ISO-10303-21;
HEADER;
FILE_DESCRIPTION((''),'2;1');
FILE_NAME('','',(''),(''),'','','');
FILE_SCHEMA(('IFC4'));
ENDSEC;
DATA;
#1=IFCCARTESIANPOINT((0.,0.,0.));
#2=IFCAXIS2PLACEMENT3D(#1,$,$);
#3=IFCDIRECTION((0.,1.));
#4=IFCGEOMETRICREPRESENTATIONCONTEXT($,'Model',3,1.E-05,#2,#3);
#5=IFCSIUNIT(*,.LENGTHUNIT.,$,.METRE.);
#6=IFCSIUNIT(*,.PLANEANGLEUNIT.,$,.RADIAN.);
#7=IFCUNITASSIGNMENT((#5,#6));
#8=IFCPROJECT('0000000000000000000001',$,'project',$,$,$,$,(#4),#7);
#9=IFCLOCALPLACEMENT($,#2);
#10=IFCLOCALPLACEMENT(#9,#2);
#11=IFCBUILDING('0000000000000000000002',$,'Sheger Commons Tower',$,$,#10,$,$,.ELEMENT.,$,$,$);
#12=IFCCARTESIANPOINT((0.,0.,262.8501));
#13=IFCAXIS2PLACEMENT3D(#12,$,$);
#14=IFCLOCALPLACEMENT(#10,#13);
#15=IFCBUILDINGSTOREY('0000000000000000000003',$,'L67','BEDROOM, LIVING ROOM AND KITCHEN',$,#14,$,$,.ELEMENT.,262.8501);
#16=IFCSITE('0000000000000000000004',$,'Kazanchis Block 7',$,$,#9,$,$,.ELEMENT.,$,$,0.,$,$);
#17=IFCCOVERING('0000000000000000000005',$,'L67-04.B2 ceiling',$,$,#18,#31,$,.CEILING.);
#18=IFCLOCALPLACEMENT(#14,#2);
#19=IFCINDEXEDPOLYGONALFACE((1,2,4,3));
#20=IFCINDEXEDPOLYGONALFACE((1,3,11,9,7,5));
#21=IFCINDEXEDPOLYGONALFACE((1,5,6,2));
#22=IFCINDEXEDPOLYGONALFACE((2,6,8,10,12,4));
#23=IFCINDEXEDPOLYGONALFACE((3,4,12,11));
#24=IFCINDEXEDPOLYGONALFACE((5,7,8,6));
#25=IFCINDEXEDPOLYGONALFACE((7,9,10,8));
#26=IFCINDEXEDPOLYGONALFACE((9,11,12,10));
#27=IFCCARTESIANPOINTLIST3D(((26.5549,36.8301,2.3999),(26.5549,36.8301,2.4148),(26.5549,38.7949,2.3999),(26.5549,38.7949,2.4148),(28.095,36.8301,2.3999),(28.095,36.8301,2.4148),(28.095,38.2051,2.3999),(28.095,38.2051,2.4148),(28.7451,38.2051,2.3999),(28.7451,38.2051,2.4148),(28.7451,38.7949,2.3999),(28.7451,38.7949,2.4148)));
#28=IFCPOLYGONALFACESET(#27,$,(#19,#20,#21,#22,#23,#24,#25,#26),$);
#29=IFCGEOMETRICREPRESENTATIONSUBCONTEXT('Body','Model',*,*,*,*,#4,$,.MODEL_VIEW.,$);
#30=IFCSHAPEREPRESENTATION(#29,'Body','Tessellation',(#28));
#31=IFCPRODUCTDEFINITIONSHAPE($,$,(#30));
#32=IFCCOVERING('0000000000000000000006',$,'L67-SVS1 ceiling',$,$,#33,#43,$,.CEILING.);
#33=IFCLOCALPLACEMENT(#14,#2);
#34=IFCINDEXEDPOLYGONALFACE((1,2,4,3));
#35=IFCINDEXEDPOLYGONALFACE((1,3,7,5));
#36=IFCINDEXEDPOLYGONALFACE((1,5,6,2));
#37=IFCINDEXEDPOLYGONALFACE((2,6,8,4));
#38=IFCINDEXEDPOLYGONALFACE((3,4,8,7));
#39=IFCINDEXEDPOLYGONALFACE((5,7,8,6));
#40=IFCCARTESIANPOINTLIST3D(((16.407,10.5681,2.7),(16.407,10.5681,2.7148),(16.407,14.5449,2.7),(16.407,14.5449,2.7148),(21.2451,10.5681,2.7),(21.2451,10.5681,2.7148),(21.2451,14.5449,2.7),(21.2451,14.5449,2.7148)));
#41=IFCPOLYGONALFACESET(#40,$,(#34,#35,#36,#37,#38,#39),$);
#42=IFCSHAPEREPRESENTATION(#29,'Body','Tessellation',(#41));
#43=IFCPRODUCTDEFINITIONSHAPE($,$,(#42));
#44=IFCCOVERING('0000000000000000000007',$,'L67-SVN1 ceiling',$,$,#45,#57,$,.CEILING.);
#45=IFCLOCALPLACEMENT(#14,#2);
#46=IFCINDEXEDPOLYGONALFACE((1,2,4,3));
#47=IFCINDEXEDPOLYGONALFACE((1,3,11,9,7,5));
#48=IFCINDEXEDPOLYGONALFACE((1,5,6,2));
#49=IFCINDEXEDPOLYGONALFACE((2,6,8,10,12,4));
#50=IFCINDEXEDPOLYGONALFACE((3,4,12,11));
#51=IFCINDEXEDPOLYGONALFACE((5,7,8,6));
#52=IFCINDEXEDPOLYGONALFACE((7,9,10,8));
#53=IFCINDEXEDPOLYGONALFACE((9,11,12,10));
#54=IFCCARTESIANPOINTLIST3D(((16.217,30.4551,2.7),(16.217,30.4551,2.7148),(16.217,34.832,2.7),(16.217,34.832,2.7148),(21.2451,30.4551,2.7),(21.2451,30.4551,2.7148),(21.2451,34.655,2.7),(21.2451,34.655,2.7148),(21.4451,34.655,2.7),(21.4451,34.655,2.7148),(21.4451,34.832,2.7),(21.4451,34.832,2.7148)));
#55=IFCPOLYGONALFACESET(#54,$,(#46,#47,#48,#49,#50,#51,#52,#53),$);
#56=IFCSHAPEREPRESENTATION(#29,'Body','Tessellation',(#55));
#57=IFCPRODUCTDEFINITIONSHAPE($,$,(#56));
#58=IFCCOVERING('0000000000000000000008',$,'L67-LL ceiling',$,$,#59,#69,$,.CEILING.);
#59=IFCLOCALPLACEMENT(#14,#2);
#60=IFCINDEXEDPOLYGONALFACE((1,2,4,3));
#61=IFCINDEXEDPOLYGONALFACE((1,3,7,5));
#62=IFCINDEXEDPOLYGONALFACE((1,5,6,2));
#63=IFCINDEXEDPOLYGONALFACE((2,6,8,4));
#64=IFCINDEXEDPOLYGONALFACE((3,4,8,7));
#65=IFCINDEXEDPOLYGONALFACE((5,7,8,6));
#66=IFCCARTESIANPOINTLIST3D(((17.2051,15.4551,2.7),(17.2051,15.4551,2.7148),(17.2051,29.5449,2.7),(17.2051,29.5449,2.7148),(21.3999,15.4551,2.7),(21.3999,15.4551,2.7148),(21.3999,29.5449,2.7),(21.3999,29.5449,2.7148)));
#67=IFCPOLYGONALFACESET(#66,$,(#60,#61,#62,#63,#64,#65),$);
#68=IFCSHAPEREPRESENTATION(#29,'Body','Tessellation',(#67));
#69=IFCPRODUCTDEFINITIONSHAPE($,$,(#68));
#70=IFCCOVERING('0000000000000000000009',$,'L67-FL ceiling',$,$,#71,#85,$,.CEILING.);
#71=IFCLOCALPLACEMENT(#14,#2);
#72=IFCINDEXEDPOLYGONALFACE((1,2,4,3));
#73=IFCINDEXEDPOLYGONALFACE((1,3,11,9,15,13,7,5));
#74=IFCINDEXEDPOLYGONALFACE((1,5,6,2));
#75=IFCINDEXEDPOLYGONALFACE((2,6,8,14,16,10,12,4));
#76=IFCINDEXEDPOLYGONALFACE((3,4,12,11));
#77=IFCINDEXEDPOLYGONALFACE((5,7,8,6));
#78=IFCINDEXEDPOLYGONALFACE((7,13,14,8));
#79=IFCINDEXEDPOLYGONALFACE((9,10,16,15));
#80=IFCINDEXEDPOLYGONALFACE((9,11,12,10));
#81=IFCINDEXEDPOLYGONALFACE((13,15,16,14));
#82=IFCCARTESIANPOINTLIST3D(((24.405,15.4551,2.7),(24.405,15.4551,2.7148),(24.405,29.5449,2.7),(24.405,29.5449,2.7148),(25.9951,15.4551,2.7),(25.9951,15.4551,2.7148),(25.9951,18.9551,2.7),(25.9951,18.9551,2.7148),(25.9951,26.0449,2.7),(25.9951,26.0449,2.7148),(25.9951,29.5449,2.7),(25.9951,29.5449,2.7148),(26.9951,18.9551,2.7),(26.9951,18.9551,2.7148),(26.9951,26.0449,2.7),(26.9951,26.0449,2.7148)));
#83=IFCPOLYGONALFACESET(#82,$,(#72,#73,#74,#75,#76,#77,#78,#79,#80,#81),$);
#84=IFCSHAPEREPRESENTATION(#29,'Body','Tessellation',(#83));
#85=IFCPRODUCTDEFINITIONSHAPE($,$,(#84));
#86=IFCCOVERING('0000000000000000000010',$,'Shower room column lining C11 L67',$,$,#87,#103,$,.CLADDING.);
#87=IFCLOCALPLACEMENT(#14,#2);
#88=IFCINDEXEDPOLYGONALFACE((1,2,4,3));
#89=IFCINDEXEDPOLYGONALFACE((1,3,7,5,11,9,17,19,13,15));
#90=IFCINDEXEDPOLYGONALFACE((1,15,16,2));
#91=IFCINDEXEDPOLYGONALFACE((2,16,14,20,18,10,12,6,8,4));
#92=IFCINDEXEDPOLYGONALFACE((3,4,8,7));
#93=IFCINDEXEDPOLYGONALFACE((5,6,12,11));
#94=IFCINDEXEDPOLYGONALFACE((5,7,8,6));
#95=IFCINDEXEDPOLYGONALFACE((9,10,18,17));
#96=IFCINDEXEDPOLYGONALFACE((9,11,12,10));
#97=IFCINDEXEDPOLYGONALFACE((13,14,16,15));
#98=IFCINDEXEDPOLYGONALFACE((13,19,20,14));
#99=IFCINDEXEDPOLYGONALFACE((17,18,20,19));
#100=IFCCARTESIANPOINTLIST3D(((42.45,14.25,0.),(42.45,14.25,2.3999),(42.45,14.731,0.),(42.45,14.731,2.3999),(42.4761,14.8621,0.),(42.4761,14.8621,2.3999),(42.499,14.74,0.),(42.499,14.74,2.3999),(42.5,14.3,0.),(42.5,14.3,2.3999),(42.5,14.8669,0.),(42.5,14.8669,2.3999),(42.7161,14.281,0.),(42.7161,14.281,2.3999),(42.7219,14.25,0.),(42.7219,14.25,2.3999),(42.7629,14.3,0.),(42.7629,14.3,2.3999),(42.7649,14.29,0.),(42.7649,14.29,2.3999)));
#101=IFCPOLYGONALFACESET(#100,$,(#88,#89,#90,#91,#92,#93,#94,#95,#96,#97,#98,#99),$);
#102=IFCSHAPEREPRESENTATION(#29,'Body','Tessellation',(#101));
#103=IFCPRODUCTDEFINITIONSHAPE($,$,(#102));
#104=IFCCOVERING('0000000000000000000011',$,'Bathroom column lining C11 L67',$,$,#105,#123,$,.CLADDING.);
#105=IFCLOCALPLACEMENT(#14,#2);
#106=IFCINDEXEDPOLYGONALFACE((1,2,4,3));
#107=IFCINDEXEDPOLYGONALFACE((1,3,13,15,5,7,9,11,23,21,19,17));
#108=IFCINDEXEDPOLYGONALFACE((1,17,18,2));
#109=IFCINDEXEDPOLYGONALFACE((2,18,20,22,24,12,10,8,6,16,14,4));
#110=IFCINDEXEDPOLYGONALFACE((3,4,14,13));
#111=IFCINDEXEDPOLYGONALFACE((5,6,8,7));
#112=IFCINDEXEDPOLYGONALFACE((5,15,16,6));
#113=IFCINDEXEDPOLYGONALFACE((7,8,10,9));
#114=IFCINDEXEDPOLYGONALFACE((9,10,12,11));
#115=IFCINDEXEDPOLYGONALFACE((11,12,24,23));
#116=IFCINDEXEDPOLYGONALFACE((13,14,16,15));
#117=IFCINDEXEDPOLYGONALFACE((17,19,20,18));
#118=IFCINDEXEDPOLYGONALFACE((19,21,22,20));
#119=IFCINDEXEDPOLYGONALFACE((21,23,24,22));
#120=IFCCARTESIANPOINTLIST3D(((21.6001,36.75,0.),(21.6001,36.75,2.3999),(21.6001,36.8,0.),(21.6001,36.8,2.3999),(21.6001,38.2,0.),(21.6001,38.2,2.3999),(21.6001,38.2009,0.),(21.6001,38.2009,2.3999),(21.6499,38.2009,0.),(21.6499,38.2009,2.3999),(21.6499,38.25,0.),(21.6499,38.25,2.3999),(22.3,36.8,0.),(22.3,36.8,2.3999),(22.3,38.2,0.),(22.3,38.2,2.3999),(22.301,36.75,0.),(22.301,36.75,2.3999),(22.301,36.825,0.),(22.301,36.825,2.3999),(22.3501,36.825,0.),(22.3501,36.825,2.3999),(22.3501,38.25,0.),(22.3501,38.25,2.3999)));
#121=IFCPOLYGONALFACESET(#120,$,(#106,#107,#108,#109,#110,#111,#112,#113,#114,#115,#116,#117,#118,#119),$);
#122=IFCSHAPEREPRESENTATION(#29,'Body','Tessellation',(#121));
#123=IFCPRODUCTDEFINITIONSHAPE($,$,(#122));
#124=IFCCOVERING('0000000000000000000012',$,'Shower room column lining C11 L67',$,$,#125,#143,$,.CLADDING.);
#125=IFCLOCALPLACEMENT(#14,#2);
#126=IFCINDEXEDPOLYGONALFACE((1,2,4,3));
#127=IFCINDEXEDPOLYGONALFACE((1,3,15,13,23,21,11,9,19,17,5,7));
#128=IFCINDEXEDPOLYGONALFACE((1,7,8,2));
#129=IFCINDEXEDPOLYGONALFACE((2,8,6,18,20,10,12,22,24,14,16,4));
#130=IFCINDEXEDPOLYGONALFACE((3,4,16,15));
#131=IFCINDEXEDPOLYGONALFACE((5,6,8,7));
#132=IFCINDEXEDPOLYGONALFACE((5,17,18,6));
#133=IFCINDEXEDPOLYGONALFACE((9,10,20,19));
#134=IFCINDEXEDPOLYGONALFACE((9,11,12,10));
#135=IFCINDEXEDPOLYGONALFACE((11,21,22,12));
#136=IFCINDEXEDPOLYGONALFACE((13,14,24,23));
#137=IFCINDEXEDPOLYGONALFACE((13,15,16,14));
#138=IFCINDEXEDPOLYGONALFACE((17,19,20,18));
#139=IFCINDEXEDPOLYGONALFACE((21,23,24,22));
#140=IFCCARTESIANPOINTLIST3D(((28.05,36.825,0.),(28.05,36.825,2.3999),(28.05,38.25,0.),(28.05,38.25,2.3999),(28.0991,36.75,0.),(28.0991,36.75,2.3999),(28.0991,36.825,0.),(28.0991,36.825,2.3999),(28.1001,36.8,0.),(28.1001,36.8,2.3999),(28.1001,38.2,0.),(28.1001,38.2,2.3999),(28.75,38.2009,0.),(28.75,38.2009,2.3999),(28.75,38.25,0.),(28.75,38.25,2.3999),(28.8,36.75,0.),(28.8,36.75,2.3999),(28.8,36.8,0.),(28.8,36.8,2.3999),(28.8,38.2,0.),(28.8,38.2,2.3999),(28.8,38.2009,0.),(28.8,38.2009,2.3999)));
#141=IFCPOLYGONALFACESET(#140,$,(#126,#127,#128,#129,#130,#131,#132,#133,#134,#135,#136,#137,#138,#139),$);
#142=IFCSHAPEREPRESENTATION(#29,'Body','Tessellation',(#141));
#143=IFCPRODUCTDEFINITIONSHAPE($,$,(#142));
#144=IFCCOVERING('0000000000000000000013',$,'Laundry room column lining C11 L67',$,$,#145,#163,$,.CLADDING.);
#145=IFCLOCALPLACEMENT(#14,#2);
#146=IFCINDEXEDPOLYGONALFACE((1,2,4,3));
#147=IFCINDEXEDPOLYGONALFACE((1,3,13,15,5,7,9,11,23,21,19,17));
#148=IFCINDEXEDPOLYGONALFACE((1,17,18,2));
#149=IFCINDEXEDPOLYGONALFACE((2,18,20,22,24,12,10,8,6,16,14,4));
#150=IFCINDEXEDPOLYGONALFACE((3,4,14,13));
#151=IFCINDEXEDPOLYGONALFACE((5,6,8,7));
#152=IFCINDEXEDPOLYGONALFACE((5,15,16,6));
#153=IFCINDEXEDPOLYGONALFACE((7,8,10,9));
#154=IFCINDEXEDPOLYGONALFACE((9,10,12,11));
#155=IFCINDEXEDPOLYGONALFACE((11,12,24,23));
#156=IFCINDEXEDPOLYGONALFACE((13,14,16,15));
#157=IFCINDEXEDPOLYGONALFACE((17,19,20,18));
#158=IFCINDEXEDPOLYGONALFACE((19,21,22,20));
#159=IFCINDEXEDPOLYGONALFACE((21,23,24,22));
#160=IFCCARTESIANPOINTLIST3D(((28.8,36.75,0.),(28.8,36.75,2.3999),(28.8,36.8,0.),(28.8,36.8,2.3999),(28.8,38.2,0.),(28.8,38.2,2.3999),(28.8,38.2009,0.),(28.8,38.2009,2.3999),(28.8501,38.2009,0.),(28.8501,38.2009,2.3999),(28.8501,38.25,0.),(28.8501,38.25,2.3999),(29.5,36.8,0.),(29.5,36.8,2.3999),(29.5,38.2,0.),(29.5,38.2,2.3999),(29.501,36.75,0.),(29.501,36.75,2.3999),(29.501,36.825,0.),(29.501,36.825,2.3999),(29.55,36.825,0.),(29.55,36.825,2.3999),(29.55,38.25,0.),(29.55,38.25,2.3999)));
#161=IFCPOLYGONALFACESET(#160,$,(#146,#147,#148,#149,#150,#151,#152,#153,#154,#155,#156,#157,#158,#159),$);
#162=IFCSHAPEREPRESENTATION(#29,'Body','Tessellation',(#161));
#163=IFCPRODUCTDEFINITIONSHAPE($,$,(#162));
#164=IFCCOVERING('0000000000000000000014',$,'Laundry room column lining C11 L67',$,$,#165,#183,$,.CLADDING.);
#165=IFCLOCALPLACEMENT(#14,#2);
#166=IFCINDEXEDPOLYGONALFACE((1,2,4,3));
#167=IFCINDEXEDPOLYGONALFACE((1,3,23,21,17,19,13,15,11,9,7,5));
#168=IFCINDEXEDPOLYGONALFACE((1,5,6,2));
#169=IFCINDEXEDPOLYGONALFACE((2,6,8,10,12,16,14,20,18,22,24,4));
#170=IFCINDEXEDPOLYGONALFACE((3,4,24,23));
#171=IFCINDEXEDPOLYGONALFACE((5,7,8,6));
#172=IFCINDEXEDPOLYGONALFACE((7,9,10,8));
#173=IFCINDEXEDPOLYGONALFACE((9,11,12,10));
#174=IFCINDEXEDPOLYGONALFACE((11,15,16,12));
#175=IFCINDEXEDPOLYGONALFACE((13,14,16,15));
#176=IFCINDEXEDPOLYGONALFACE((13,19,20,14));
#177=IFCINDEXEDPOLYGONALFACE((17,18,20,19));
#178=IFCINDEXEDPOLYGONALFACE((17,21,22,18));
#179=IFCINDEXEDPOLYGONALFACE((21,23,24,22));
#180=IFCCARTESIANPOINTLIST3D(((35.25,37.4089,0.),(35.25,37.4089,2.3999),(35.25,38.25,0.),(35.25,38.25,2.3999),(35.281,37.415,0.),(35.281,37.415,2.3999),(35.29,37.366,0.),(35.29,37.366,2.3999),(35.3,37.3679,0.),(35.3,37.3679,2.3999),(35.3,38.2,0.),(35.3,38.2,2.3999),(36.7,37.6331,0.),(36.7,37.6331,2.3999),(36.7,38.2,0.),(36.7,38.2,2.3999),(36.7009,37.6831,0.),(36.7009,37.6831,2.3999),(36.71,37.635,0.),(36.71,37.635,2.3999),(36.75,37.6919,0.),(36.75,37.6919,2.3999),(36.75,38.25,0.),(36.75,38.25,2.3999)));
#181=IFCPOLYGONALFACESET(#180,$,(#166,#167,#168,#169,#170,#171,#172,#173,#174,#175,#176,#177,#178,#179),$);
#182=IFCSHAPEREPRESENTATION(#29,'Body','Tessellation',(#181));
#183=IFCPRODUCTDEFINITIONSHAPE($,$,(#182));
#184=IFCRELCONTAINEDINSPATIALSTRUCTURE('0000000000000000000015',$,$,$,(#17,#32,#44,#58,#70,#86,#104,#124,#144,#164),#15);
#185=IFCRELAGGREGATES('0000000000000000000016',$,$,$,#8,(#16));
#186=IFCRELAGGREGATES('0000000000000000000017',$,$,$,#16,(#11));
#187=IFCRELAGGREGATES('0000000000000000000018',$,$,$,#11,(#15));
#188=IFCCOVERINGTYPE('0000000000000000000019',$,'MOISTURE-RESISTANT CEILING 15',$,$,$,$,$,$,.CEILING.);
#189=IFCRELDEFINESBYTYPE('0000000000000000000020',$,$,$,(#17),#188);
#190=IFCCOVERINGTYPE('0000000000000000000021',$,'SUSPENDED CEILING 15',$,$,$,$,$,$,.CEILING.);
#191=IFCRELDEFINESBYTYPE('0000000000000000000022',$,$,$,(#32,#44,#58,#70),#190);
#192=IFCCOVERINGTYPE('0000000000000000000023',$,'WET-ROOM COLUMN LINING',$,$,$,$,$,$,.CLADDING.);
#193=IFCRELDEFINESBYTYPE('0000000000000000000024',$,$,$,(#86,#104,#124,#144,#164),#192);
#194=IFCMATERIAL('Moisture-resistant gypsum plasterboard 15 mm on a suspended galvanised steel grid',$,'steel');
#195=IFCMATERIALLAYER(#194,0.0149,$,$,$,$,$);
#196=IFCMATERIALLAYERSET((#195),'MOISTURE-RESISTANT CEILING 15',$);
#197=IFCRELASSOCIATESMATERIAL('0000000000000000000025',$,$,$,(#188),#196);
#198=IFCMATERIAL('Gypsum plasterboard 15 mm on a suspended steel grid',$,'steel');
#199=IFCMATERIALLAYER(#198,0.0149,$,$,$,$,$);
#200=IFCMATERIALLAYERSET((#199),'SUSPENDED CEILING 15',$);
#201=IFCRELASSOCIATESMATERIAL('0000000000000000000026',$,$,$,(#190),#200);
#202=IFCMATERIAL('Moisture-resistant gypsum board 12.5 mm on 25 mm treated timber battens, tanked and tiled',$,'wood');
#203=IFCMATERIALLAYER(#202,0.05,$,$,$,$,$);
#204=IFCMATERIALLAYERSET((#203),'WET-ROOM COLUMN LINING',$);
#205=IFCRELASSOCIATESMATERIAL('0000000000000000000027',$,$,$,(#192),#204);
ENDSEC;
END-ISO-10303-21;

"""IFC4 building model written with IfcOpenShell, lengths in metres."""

from ifc_helpers import new_model, si_unit, direction, frame, origin, place, context, subcontext, project, spatial, polyline, outline, extrude, material, layer, layer_set, type_object, element, save


model = new_model("IFC4")

# Units and contexts
model_context = context("Model", 3, precision=1e-05, world=origin(), true_north=direction((0.0, 1.0)))
body_context = subcontext(model_context, "Body", "Model", "MODEL_VIEW")
ifc_project = project(units=[si_unit("LENGTHUNIT", "METRE"), si_unit("PLANEANGLEUNIT", "RADIAN")], contexts=[model_context])

# Site, building, storey
site_placement = place(None, origin())
site = spatial("IfcSite", under=ifc_project, at=site_placement, Name="Kazanchis Block 7", CompositionType="ELEMENT", RefElevation=0.0)
building_placement = place(site_placement, origin())
building = spatial("IfcBuilding", under=site, at=building_placement, Name="Sheger Commons Tower", CompositionType="ELEMENT")
storey_placement = place(building_placement, frame((0.0, 0.0, 262.8501)))
storey = spatial("IfcBuildingStorey", under=building, at=storey_placement, Name="L67", Description="BEDROOM, LIVING ROOM AND KITCHEN", CompositionType="ELEMENT", Elevation=262.8501)

# Coverings
ifc_material_1 = material(Name="Moisture-resistant gypsum plasterboard 15 mm on a suspended galvanised steel grid", Category="steel")
ifc_layer_1 = layer(ifc_material_1, 0.0149)
ifc_layer_set_1 = layer_set([ifc_layer_1], Name="MOISTURE-RESISTANT CEILING 15")
covering_type_1 = type_object("IfcCoveringType", Name="MOISTURE-RESISTANT CEILING 15", PredefinedType="CEILING", material=ifc_layer_set_1)
covering_1_placement = place(storey_placement, frame((0.0, 0.0, 2.3999)))
element("IfcCovering", 1, at=covering_1_placement, inside=storey, type_object=covering_type_1, Name="L67-04.B2 ceiling", PredefinedType="CEILING", context=body_context, shape_type="SweptSolid", body=[
    extrude(outline(polyline([(26.5549, 36.8301), (28.095, 36.8301), (28.095, 38.2051), (28.7451, 38.2051), (28.7451, 38.7949), (26.5549, 38.7949), (26.5549, 36.8301)])), origin(), (0.0, 0.0, 1.0), 0.0149),
])
ifc_material_2 = material(Name="Gypsum plasterboard 15 mm on a suspended steel grid", Category="steel")
ifc_layer_2 = layer(ifc_material_2, 0.0149)
ifc_layer_set_2 = layer_set([ifc_layer_2], Name="SUSPENDED CEILING 15")
covering_type_2 = type_object("IfcCoveringType", Name="SUSPENDED CEILING 15", PredefinedType="CEILING", material=ifc_layer_set_2)
covering_2_placement = place(storey_placement, frame((0.0, 0.0, 2.7)))
element("IfcCovering", 2, at=covering_2_placement, inside=storey, type_object=covering_type_2, Name="L67-SVS1 ceiling", PredefinedType="CEILING", context=body_context, shape_type="SweptSolid", body=[
    extrude(outline(polyline([(16.407, 10.5681), (21.2451, 10.5681), (21.2451, 14.5449), (16.407, 14.5449), (16.407, 10.5681)])), origin(), (0.0, 0.0, 1.0), 0.0149),
])
covering_3_placement = place(storey_placement, frame((0.0, 0.0, 2.7)))
element("IfcCovering", 3, at=covering_3_placement, inside=storey, type_object=covering_type_2, Name="L67-SVN1 ceiling", PredefinedType="CEILING", context=body_context, shape_type="SweptSolid", body=[
    extrude(outline(polyline([(16.217, 30.4551), (21.2451, 30.4551), (21.2451, 34.655), (21.4451, 34.655), (21.4451, 34.832), (16.217, 34.832), (16.217, 30.4551)])), origin(), (0.0, 0.0, 1.0), 0.0149),
])
covering_4_placement = place(storey_placement, frame((0.0, 0.0, 2.7)))
element("IfcCovering", 4, at=covering_4_placement, inside=storey, type_object=covering_type_2, Name="L67-LL ceiling", PredefinedType="CEILING", context=body_context, shape_type="SweptSolid", body=[
    extrude(outline(polyline([(17.2051, 15.4551), (21.3999, 15.4551), (21.3999, 29.5449), (17.2051, 29.5449), (17.2051, 15.4551)])), origin(), (0.0, 0.0, 1.0), 0.0149),
])
covering_5_placement = place(storey_placement, frame((0.0, 0.0, 2.7)))
element("IfcCovering", 5, at=covering_5_placement, inside=storey, type_object=covering_type_2, Name="L67-FL ceiling", PredefinedType="CEILING", context=body_context, shape_type="SweptSolid", body=[
    extrude(outline(polyline([(24.405, 15.4551), (25.9951, 15.4551), (25.9951, 18.9551), (26.9951, 18.9551), (26.9951, 26.0449), (25.9951, 26.0449), (25.9951, 29.5449), (24.405, 29.5449), (24.405, 15.4551)])), origin(), (0.0, 0.0, 1.0), 0.0149),
])
ifc_material_3 = material(Name="Moisture-resistant gypsum board 12.5 mm on 25 mm treated timber battens, tanked and tiled", Category="wood")
ifc_layer_3 = layer(ifc_material_3, 0.05)
ifc_layer_set_3 = layer_set([ifc_layer_3], Name="WET-ROOM COLUMN LINING")
covering_type_3 = type_object("IfcCoveringType", Name="WET-ROOM COLUMN LINING", PredefinedType="CLADDING", material=ifc_layer_set_3)
covering_6_placement = place(storey_placement, origin())
element("IfcCovering", 6, at=covering_6_placement, inside=storey, type_object=covering_type_3, Name="Shower room column lining C11 L67", PredefinedType="CLADDING", context=body_context, shape_type="SweptSolid", body=[
    extrude(outline(polyline([(42.5, 14.8669), (42.5, 14.3), (42.7629, 14.3), (42.7649, 14.29), (42.7161, 14.281), (42.7219, 14.25), (42.45, 14.25), (42.45, 14.731), (42.499, 14.74), (42.4761, 14.8621), (42.5, 14.8669)])), origin(), (0.0, 0.0, 1.0), 2.3999),
])
covering_7_placement = place(storey_placement, origin())
element("IfcCovering", 7, at=covering_7_placement, inside=storey, type_object=covering_type_3, Name="Bathroom column lining C11 L67", PredefinedType="CLADDING", context=body_context, shape_type="SweptSolid", body=[
    extrude(outline(polyline([(22.3501, 36.825), (22.301, 36.825), (22.301, 36.75), (21.6001, 36.75), (21.6001, 36.8), (22.3, 36.8), (22.3, 38.2), (21.6001, 38.2), (21.6001, 38.2009), (21.6499, 38.2009), (21.6499, 38.25), (22.3501, 38.25), (22.3501, 36.825)])), origin(), (0.0, 0.0, 1.0), 2.3999),
])
covering_8_placement = place(storey_placement, origin())
element("IfcCovering", 8, at=covering_8_placement, inside=storey, type_object=covering_type_3, Name="Shower room column lining C11 L67", PredefinedType="CLADDING", context=body_context, shape_type="SweptSolid", body=[
    extrude(outline(polyline([(28.75, 38.25), (28.75, 38.2009), (28.8, 38.2009), (28.8, 38.2), (28.1001, 38.2), (28.1001, 36.8), (28.8, 36.8), (28.8, 36.75), (28.0991, 36.75), (28.0991, 36.825), (28.05, 36.825), (28.05, 38.25), (28.75, 38.25)])), origin(), (0.0, 0.0, 1.0), 2.3999),
])
covering_9_placement = place(storey_placement, origin())
element("IfcCovering", 9, at=covering_9_placement, inside=storey, type_object=covering_type_3, Name="Laundry room column lining C11 L67", PredefinedType="CLADDING", context=body_context, shape_type="SweptSolid", body=[
    extrude(outline(polyline([(29.55, 36.825), (29.501, 36.825), (29.501, 36.75), (28.8, 36.75), (28.8, 36.8), (29.5, 36.8), (29.5, 38.2), (28.8, 38.2), (28.8, 38.2009), (28.8501, 38.2009), (28.8501, 38.25), (29.55, 38.25), (29.55, 36.825)])), origin(), (0.0, 0.0, 1.0), 2.3999),
])
covering_10_placement = place(storey_placement, origin())
element("IfcCovering", 10, at=covering_10_placement, inside=storey, type_object=covering_type_3, Name="Laundry room column lining C11 L67", PredefinedType="CLADDING", context=body_context, shape_type="SweptSolid", body=[
    extrude(outline(polyline([(36.75, 38.25), (36.75, 37.6919), (36.7009, 37.6831), (36.71, 37.635), (36.7, 37.6331), (36.7, 38.2), (35.3, 38.2), (35.3, 37.3679), (35.29, 37.366), (35.281, 37.415), (35.25, 37.4089), (35.25, 38.25), (36.75, 38.25)])), origin(), (0.0, 0.0, 1.0), 2.3999),
])

save(model, "model.ifc")
